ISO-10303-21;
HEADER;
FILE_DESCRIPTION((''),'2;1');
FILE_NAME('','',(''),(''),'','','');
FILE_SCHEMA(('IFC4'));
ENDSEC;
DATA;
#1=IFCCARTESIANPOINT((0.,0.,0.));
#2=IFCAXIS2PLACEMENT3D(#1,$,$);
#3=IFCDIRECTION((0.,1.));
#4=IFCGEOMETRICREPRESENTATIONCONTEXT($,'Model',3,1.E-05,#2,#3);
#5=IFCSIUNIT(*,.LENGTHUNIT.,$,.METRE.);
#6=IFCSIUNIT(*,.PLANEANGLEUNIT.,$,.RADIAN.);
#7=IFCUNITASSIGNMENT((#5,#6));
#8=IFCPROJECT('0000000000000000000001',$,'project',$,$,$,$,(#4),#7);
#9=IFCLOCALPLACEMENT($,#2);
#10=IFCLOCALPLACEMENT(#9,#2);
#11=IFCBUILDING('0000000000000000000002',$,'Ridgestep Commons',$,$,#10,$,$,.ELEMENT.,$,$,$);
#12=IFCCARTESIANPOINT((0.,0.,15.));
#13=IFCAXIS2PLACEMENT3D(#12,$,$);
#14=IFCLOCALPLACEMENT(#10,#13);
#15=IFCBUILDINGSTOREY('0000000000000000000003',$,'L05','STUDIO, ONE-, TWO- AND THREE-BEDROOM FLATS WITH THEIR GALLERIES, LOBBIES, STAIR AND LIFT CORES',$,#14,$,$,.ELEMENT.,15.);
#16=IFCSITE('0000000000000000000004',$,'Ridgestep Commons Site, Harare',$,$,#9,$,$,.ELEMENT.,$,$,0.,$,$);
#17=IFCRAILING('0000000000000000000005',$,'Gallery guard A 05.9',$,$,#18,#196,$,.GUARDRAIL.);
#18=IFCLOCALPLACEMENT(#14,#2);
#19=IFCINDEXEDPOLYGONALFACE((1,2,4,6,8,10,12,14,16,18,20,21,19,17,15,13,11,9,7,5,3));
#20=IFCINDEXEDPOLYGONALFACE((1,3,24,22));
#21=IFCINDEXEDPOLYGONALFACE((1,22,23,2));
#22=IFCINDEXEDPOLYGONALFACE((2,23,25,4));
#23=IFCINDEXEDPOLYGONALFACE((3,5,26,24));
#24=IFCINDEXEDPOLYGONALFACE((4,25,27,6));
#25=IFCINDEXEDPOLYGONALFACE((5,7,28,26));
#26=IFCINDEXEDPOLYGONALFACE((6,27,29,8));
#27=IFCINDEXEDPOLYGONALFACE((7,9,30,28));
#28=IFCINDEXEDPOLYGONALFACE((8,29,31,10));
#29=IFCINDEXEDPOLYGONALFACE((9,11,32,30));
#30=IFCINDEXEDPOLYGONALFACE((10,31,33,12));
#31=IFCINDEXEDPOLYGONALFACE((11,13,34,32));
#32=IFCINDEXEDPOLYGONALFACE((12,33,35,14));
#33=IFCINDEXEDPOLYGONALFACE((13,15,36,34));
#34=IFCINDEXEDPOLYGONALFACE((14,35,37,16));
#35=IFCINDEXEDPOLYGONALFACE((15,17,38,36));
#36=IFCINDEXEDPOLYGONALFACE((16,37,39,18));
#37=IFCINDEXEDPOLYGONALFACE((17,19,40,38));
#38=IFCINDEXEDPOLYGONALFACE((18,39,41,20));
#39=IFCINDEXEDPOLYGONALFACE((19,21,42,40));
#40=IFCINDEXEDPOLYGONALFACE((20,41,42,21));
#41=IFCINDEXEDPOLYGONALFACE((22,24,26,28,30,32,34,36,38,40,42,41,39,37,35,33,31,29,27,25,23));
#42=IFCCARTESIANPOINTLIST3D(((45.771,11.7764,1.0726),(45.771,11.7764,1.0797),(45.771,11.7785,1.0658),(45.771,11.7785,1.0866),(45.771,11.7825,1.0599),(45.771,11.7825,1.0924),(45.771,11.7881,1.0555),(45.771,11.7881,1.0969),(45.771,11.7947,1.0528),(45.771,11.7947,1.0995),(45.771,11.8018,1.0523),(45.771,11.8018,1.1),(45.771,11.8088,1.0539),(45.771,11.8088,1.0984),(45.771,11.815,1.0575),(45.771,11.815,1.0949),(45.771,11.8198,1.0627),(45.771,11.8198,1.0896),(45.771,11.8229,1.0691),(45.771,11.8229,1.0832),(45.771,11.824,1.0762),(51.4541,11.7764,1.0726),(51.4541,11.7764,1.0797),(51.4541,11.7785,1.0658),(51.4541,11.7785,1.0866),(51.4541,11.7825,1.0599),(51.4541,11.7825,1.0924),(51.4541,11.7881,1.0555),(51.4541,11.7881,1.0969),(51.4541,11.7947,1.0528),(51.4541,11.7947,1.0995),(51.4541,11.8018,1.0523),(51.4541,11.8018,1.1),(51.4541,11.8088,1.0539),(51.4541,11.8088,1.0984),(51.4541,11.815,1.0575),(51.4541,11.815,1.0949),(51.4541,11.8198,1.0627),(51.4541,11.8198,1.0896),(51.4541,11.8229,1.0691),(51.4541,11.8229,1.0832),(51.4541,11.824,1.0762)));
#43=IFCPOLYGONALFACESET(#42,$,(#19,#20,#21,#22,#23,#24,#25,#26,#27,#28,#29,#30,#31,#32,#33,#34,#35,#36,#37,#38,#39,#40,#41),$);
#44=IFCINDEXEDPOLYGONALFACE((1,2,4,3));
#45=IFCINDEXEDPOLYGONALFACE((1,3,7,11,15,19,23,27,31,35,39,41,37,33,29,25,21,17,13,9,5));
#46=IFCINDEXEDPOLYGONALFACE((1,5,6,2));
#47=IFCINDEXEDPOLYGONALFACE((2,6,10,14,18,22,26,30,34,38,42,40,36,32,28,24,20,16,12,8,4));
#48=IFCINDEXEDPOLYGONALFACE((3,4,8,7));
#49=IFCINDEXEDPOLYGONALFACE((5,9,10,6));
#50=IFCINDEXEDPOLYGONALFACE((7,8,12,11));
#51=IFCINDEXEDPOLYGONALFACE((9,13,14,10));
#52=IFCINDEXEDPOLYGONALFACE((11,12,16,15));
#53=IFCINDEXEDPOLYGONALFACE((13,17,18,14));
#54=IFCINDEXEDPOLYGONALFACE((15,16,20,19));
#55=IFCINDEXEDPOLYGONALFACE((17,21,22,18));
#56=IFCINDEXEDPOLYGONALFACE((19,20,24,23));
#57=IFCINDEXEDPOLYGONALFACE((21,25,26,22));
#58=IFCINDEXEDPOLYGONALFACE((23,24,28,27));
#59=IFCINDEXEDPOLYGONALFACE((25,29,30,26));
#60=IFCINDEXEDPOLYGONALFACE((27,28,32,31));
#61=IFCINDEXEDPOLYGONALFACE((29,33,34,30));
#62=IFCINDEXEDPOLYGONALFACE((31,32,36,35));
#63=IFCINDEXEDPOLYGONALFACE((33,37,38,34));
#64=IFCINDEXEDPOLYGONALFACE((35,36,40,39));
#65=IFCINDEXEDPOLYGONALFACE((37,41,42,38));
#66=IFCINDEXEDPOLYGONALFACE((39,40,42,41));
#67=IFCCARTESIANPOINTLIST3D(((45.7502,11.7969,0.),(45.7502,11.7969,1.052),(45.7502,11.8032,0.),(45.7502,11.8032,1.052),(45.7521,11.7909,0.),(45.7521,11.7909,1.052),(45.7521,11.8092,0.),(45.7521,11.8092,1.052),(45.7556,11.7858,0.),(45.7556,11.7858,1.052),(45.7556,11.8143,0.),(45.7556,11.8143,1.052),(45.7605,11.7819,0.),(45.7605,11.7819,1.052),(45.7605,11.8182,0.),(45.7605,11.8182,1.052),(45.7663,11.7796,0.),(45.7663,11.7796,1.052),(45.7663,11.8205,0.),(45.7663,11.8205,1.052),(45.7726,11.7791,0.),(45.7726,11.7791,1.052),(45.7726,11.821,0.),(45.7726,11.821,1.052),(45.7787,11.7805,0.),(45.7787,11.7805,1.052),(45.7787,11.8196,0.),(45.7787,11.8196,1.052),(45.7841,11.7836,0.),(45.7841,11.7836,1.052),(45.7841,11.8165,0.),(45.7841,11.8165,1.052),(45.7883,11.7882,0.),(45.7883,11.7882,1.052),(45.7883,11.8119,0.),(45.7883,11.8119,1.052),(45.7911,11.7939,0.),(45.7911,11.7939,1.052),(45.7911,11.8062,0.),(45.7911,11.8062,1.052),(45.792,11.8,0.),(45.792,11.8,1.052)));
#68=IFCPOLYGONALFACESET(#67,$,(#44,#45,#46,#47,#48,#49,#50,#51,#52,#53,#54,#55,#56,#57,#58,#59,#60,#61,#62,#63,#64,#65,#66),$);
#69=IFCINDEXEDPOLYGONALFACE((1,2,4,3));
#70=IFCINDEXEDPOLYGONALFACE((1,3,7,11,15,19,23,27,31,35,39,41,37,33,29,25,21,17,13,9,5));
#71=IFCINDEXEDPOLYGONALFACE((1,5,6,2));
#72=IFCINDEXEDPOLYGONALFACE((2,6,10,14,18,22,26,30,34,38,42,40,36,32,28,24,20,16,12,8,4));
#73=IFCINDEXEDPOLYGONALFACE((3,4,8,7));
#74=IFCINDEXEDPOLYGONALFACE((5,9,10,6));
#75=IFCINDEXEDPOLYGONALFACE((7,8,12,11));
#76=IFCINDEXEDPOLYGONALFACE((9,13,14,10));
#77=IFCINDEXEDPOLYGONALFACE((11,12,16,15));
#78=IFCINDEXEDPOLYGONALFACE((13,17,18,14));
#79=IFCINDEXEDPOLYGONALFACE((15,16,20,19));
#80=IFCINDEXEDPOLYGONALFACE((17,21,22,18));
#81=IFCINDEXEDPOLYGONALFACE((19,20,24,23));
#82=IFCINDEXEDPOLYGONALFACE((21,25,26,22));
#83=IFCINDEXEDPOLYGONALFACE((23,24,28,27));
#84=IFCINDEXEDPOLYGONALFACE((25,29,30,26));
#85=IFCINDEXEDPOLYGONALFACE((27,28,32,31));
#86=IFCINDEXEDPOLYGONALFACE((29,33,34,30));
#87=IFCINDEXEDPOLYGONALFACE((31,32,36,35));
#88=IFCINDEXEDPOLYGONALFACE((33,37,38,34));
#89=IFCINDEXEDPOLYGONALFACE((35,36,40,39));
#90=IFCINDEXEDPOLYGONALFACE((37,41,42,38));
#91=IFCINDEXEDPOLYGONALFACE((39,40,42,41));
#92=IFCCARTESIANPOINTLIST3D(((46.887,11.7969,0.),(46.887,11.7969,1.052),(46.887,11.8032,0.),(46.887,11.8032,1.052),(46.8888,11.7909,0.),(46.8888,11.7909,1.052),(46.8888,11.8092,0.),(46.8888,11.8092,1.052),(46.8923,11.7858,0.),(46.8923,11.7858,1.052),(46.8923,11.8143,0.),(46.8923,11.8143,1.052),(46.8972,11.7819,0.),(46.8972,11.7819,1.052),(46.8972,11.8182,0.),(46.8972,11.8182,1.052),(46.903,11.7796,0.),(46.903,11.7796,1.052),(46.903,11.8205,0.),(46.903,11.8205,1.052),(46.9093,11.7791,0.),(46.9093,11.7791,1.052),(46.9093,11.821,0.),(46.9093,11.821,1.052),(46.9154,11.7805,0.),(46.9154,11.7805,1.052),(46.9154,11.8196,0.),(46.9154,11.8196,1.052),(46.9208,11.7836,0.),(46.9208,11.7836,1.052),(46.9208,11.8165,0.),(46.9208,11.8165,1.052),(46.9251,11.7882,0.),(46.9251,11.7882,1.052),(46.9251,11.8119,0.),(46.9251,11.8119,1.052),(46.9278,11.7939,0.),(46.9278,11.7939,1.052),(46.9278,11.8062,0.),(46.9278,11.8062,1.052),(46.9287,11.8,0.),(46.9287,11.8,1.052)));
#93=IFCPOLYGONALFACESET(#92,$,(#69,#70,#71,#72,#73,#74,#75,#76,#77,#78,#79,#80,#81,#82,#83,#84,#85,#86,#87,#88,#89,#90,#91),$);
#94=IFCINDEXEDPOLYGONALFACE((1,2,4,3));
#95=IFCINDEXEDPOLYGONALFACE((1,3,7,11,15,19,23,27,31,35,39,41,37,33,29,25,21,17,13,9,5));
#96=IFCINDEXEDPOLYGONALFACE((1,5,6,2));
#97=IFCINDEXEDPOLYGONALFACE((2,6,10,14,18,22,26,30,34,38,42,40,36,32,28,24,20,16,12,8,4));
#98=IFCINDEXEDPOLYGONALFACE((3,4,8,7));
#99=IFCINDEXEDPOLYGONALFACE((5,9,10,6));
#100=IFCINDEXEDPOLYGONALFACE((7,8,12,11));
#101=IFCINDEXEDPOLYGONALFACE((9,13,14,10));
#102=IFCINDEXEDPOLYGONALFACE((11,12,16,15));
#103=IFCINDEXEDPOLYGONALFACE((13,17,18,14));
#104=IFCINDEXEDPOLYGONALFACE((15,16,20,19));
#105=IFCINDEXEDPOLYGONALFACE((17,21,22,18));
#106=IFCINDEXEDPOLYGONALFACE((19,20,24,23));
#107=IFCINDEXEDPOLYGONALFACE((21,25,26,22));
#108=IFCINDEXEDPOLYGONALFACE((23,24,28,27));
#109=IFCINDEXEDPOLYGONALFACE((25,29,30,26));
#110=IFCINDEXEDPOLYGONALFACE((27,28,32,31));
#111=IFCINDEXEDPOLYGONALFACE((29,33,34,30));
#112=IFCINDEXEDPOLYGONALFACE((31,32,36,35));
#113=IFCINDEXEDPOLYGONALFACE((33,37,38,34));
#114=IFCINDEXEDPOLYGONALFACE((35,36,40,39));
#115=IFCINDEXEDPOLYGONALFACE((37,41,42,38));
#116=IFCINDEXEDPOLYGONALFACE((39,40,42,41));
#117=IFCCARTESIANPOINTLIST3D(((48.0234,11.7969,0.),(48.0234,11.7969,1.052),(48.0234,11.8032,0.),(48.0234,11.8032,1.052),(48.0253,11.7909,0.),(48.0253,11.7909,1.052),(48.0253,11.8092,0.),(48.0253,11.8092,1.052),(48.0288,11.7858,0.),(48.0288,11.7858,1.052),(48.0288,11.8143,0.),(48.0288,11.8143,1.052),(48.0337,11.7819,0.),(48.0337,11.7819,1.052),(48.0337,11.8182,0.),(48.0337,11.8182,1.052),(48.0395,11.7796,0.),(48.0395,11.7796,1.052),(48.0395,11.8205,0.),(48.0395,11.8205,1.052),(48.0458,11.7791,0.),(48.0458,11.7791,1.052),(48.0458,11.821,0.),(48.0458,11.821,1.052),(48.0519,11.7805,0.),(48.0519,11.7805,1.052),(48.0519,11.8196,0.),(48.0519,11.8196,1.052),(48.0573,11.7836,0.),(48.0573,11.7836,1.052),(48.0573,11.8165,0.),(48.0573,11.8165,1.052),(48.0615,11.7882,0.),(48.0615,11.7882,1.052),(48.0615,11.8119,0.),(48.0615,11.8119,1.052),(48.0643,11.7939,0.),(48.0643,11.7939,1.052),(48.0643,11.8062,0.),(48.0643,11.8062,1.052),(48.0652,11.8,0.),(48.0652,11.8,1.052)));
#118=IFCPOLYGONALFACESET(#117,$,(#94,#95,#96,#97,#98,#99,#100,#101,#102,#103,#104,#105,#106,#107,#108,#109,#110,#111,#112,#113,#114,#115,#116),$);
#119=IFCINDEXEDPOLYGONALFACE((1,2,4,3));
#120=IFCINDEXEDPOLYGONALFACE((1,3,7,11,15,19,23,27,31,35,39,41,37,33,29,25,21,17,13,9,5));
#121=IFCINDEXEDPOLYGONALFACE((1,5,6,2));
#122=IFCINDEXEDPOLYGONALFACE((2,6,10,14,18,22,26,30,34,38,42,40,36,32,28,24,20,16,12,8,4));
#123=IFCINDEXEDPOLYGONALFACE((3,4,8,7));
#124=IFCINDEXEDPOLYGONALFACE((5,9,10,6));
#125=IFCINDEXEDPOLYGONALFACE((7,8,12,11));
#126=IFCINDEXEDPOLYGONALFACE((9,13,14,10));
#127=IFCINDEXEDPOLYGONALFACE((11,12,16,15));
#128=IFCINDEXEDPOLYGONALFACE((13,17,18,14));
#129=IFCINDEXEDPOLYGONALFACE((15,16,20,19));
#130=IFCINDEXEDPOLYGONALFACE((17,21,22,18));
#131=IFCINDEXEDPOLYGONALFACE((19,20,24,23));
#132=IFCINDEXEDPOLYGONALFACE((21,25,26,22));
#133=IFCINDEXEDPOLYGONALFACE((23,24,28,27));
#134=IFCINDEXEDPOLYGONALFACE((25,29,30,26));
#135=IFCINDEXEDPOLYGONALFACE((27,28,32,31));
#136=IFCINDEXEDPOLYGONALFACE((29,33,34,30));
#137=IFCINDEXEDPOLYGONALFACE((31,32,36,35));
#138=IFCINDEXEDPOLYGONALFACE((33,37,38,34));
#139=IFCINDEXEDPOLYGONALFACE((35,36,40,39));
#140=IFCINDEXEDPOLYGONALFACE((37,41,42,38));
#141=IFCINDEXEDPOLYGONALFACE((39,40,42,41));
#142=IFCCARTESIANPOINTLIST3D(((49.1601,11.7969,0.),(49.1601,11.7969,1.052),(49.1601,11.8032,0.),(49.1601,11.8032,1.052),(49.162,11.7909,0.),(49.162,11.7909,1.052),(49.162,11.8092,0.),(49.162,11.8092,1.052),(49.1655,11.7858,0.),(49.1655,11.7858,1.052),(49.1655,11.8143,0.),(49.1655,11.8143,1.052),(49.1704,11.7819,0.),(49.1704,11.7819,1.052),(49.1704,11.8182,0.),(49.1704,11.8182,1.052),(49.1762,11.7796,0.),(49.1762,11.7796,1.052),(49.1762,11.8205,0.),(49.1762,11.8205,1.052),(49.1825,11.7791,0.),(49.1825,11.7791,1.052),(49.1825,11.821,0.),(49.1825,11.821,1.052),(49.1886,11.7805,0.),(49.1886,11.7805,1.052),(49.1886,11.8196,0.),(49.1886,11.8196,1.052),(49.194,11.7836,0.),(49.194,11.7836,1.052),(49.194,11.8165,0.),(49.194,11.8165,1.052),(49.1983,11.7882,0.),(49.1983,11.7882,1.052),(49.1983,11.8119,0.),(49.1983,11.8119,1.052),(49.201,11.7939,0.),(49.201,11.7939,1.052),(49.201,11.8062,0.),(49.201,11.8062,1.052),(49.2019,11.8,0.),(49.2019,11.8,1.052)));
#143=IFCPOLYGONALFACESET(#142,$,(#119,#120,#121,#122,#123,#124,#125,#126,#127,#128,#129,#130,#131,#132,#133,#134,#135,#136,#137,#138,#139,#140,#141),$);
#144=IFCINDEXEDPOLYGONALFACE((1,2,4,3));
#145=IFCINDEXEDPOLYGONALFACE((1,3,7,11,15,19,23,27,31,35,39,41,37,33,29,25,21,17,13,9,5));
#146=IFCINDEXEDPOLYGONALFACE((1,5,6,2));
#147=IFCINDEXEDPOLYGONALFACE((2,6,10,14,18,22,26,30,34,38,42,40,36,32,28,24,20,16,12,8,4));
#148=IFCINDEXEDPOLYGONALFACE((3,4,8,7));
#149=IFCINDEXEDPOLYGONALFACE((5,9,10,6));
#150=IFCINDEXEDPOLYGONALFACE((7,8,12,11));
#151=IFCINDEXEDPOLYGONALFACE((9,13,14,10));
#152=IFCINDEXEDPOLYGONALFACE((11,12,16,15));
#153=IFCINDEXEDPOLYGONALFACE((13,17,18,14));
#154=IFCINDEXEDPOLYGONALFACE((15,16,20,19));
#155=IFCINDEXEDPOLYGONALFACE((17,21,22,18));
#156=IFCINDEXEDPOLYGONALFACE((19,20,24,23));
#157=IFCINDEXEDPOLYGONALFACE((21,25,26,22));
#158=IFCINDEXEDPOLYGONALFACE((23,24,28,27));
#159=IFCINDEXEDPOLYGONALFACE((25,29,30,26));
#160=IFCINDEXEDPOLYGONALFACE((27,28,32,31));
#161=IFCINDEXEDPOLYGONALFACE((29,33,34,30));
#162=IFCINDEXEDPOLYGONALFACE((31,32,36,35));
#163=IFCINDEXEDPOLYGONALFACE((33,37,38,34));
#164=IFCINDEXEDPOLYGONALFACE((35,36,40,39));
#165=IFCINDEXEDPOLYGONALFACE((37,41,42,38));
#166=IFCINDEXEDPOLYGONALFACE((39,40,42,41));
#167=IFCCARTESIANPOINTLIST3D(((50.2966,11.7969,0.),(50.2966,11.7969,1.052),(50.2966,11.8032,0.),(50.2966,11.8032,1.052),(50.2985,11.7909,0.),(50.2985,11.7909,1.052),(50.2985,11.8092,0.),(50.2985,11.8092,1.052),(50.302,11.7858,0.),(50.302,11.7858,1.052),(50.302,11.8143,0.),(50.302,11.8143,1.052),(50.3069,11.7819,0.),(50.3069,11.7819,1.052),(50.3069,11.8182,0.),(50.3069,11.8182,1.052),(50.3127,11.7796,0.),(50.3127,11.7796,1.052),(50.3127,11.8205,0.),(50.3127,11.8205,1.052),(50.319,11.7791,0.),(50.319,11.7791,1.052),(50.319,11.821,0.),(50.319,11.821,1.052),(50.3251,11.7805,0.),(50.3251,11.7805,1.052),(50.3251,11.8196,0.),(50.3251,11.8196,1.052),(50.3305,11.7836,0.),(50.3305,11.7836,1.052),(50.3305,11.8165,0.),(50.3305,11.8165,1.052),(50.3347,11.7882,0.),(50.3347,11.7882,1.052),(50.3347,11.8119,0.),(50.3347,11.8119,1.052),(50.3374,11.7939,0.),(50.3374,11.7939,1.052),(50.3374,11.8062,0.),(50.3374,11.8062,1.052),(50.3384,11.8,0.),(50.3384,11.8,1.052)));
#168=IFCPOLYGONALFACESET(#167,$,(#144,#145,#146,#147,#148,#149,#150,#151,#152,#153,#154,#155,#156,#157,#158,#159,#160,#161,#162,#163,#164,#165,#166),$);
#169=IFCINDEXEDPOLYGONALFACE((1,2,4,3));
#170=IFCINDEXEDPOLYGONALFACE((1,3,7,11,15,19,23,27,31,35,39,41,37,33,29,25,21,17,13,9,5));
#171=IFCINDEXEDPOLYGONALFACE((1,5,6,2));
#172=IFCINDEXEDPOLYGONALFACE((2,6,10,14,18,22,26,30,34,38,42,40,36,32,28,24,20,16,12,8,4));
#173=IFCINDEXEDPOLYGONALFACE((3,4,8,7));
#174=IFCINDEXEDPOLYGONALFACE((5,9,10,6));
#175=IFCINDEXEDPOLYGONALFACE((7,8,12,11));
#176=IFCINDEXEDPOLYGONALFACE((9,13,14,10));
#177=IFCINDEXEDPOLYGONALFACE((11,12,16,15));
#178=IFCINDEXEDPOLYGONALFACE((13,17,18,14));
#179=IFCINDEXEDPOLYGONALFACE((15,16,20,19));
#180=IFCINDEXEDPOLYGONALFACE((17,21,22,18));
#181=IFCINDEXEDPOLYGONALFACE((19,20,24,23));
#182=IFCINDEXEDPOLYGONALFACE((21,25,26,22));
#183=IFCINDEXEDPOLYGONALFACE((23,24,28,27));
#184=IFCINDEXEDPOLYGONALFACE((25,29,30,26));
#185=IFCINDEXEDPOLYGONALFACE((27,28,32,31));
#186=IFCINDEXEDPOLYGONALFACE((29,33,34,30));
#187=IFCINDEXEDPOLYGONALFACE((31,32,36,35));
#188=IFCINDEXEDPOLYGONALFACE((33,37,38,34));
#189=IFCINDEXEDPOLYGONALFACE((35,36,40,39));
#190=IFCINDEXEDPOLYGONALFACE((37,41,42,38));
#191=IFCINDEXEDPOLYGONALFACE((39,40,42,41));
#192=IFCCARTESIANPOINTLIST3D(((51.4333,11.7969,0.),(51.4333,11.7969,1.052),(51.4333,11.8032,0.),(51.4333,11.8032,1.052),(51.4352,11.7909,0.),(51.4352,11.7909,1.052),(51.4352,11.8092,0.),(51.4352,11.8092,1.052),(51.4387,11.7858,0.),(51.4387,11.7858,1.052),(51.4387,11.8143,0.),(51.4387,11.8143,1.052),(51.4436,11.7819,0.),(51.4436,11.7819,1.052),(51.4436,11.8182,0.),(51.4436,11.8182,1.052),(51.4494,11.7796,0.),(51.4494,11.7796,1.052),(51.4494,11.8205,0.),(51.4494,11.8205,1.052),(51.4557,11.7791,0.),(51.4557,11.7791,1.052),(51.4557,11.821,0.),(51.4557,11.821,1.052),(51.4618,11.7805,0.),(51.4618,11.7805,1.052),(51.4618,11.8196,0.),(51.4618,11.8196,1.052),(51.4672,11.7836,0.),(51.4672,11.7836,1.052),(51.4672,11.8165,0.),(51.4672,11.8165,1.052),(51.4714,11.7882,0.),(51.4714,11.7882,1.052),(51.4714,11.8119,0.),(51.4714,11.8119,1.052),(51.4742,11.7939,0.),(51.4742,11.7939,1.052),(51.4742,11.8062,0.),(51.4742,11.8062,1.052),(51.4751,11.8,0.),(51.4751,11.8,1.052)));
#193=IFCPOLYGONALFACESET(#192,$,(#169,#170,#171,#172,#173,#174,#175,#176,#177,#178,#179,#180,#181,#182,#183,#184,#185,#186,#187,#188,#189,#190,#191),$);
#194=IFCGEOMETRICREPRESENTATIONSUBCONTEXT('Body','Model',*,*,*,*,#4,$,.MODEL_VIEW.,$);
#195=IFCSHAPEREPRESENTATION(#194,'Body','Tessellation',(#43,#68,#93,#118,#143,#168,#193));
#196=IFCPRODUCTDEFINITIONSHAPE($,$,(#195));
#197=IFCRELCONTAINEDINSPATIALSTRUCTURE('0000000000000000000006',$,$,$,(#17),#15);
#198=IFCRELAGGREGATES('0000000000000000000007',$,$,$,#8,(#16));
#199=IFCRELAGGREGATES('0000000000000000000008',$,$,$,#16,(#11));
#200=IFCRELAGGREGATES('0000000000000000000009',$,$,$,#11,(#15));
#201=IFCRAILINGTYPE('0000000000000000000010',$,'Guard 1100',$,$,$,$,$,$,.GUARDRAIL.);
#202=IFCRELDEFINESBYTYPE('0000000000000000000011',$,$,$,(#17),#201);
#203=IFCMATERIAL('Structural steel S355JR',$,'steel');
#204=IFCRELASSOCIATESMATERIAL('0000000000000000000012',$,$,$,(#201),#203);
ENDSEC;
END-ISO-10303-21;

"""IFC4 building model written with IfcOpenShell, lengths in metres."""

from ifc_helpers import new_model, si_unit, direction, frame, origin, origin_2d, place, context, subcontext, project, spatial, circle, extrude, material, type_object, element, save


model = new_model("IFC4")

# Units and contexts
model_context = context("Model", 3, precision=1e-05, world=origin(), true_north=direction((0.0, 1.0)))
body_context = subcontext(model_context, "Body", "Model", "MODEL_VIEW")
ifc_project = project(units=[si_unit("LENGTHUNIT", "METRE"), si_unit("PLANEANGLEUNIT", "RADIAN")], contexts=[model_context])

# Site, building, storey
site_placement = place(None, origin())
site = spatial("IfcSite", under=ifc_project, at=site_placement, Name="Ridgestep Commons Site, Harare", CompositionType="ELEMENT", RefElevation=0.0)
building_placement = place(site_placement, origin())
building = spatial("IfcBuilding", under=site, at=building_placement, Name="Ridgestep Commons", CompositionType="ELEMENT")
storey_placement = place(building_placement, frame((0.0, 0.0, 15.0)))
storey = spatial("IfcBuildingStorey", under=building, at=storey_placement, Name="L05", Description="STUDIO, ONE-, TWO- AND THREE-BEDROOM FLATS WITH THEIR GALLERIES, LOBBIES, STAIR AND LIFT CORES", CompositionType="ELEMENT", Elevation=15.0)

# Railing
ifc_material_1 = material(Name="Structural steel S355JR", Category="steel")
railing_type_1 = type_object("IfcRailingType", Name="Guard 1100", PredefinedType="GUARDRAIL", material=ifc_material_1)
railing_1_placement = place(storey_placement, frame((45.771, 11.8, 0.0)))
element("IfcRailing", 1, at=railing_1_placement, inside=storey, type_object=railing_type_1, Name="Gallery guard A 05.9", PredefinedType="GUARDRAIL", context=body_context, shape_type="SweptSolid", body=[
    extrude(circle(Radius=0.0239, at=origin_2d()), frame((0.0, 0.0, 1.0762), z_axis=(1.0, 0.0, 0.0), x_axis=(0.0, 1.0, 0.0)), (0.0, 0.0, 1.0), 5.6831),
    extrude(circle(Radius=0.021, at=origin_2d()), origin(), (0.0, 0.0, 1.0), 1.052),
    extrude(circle(Radius=0.021, at=origin_2d()), frame((1.1367, 0.0, 0.0)), (0.0, 0.0, 1.0), 1.052),
    extrude(circle(Radius=0.021, at=origin_2d()), frame((2.2732, 0.0, 0.0)), (0.0, 0.0, 1.0), 1.052),
    extrude(circle(Radius=0.021, at=origin_2d()), frame((3.4099, 0.0, 0.0)), (0.0, 0.0, 1.0), 1.052),
    extrude(circle(Radius=0.021, at=origin_2d()), frame((4.5464, 0.0, 0.0)), (0.0, 0.0, 1.0), 1.052),
    extrude(circle(Radius=0.021, at=origin_2d()), frame((5.6831, 0.0, 0.0)), (0.0, 0.0, 1.0), 1.052),
])

save(model, "model.ifc")
